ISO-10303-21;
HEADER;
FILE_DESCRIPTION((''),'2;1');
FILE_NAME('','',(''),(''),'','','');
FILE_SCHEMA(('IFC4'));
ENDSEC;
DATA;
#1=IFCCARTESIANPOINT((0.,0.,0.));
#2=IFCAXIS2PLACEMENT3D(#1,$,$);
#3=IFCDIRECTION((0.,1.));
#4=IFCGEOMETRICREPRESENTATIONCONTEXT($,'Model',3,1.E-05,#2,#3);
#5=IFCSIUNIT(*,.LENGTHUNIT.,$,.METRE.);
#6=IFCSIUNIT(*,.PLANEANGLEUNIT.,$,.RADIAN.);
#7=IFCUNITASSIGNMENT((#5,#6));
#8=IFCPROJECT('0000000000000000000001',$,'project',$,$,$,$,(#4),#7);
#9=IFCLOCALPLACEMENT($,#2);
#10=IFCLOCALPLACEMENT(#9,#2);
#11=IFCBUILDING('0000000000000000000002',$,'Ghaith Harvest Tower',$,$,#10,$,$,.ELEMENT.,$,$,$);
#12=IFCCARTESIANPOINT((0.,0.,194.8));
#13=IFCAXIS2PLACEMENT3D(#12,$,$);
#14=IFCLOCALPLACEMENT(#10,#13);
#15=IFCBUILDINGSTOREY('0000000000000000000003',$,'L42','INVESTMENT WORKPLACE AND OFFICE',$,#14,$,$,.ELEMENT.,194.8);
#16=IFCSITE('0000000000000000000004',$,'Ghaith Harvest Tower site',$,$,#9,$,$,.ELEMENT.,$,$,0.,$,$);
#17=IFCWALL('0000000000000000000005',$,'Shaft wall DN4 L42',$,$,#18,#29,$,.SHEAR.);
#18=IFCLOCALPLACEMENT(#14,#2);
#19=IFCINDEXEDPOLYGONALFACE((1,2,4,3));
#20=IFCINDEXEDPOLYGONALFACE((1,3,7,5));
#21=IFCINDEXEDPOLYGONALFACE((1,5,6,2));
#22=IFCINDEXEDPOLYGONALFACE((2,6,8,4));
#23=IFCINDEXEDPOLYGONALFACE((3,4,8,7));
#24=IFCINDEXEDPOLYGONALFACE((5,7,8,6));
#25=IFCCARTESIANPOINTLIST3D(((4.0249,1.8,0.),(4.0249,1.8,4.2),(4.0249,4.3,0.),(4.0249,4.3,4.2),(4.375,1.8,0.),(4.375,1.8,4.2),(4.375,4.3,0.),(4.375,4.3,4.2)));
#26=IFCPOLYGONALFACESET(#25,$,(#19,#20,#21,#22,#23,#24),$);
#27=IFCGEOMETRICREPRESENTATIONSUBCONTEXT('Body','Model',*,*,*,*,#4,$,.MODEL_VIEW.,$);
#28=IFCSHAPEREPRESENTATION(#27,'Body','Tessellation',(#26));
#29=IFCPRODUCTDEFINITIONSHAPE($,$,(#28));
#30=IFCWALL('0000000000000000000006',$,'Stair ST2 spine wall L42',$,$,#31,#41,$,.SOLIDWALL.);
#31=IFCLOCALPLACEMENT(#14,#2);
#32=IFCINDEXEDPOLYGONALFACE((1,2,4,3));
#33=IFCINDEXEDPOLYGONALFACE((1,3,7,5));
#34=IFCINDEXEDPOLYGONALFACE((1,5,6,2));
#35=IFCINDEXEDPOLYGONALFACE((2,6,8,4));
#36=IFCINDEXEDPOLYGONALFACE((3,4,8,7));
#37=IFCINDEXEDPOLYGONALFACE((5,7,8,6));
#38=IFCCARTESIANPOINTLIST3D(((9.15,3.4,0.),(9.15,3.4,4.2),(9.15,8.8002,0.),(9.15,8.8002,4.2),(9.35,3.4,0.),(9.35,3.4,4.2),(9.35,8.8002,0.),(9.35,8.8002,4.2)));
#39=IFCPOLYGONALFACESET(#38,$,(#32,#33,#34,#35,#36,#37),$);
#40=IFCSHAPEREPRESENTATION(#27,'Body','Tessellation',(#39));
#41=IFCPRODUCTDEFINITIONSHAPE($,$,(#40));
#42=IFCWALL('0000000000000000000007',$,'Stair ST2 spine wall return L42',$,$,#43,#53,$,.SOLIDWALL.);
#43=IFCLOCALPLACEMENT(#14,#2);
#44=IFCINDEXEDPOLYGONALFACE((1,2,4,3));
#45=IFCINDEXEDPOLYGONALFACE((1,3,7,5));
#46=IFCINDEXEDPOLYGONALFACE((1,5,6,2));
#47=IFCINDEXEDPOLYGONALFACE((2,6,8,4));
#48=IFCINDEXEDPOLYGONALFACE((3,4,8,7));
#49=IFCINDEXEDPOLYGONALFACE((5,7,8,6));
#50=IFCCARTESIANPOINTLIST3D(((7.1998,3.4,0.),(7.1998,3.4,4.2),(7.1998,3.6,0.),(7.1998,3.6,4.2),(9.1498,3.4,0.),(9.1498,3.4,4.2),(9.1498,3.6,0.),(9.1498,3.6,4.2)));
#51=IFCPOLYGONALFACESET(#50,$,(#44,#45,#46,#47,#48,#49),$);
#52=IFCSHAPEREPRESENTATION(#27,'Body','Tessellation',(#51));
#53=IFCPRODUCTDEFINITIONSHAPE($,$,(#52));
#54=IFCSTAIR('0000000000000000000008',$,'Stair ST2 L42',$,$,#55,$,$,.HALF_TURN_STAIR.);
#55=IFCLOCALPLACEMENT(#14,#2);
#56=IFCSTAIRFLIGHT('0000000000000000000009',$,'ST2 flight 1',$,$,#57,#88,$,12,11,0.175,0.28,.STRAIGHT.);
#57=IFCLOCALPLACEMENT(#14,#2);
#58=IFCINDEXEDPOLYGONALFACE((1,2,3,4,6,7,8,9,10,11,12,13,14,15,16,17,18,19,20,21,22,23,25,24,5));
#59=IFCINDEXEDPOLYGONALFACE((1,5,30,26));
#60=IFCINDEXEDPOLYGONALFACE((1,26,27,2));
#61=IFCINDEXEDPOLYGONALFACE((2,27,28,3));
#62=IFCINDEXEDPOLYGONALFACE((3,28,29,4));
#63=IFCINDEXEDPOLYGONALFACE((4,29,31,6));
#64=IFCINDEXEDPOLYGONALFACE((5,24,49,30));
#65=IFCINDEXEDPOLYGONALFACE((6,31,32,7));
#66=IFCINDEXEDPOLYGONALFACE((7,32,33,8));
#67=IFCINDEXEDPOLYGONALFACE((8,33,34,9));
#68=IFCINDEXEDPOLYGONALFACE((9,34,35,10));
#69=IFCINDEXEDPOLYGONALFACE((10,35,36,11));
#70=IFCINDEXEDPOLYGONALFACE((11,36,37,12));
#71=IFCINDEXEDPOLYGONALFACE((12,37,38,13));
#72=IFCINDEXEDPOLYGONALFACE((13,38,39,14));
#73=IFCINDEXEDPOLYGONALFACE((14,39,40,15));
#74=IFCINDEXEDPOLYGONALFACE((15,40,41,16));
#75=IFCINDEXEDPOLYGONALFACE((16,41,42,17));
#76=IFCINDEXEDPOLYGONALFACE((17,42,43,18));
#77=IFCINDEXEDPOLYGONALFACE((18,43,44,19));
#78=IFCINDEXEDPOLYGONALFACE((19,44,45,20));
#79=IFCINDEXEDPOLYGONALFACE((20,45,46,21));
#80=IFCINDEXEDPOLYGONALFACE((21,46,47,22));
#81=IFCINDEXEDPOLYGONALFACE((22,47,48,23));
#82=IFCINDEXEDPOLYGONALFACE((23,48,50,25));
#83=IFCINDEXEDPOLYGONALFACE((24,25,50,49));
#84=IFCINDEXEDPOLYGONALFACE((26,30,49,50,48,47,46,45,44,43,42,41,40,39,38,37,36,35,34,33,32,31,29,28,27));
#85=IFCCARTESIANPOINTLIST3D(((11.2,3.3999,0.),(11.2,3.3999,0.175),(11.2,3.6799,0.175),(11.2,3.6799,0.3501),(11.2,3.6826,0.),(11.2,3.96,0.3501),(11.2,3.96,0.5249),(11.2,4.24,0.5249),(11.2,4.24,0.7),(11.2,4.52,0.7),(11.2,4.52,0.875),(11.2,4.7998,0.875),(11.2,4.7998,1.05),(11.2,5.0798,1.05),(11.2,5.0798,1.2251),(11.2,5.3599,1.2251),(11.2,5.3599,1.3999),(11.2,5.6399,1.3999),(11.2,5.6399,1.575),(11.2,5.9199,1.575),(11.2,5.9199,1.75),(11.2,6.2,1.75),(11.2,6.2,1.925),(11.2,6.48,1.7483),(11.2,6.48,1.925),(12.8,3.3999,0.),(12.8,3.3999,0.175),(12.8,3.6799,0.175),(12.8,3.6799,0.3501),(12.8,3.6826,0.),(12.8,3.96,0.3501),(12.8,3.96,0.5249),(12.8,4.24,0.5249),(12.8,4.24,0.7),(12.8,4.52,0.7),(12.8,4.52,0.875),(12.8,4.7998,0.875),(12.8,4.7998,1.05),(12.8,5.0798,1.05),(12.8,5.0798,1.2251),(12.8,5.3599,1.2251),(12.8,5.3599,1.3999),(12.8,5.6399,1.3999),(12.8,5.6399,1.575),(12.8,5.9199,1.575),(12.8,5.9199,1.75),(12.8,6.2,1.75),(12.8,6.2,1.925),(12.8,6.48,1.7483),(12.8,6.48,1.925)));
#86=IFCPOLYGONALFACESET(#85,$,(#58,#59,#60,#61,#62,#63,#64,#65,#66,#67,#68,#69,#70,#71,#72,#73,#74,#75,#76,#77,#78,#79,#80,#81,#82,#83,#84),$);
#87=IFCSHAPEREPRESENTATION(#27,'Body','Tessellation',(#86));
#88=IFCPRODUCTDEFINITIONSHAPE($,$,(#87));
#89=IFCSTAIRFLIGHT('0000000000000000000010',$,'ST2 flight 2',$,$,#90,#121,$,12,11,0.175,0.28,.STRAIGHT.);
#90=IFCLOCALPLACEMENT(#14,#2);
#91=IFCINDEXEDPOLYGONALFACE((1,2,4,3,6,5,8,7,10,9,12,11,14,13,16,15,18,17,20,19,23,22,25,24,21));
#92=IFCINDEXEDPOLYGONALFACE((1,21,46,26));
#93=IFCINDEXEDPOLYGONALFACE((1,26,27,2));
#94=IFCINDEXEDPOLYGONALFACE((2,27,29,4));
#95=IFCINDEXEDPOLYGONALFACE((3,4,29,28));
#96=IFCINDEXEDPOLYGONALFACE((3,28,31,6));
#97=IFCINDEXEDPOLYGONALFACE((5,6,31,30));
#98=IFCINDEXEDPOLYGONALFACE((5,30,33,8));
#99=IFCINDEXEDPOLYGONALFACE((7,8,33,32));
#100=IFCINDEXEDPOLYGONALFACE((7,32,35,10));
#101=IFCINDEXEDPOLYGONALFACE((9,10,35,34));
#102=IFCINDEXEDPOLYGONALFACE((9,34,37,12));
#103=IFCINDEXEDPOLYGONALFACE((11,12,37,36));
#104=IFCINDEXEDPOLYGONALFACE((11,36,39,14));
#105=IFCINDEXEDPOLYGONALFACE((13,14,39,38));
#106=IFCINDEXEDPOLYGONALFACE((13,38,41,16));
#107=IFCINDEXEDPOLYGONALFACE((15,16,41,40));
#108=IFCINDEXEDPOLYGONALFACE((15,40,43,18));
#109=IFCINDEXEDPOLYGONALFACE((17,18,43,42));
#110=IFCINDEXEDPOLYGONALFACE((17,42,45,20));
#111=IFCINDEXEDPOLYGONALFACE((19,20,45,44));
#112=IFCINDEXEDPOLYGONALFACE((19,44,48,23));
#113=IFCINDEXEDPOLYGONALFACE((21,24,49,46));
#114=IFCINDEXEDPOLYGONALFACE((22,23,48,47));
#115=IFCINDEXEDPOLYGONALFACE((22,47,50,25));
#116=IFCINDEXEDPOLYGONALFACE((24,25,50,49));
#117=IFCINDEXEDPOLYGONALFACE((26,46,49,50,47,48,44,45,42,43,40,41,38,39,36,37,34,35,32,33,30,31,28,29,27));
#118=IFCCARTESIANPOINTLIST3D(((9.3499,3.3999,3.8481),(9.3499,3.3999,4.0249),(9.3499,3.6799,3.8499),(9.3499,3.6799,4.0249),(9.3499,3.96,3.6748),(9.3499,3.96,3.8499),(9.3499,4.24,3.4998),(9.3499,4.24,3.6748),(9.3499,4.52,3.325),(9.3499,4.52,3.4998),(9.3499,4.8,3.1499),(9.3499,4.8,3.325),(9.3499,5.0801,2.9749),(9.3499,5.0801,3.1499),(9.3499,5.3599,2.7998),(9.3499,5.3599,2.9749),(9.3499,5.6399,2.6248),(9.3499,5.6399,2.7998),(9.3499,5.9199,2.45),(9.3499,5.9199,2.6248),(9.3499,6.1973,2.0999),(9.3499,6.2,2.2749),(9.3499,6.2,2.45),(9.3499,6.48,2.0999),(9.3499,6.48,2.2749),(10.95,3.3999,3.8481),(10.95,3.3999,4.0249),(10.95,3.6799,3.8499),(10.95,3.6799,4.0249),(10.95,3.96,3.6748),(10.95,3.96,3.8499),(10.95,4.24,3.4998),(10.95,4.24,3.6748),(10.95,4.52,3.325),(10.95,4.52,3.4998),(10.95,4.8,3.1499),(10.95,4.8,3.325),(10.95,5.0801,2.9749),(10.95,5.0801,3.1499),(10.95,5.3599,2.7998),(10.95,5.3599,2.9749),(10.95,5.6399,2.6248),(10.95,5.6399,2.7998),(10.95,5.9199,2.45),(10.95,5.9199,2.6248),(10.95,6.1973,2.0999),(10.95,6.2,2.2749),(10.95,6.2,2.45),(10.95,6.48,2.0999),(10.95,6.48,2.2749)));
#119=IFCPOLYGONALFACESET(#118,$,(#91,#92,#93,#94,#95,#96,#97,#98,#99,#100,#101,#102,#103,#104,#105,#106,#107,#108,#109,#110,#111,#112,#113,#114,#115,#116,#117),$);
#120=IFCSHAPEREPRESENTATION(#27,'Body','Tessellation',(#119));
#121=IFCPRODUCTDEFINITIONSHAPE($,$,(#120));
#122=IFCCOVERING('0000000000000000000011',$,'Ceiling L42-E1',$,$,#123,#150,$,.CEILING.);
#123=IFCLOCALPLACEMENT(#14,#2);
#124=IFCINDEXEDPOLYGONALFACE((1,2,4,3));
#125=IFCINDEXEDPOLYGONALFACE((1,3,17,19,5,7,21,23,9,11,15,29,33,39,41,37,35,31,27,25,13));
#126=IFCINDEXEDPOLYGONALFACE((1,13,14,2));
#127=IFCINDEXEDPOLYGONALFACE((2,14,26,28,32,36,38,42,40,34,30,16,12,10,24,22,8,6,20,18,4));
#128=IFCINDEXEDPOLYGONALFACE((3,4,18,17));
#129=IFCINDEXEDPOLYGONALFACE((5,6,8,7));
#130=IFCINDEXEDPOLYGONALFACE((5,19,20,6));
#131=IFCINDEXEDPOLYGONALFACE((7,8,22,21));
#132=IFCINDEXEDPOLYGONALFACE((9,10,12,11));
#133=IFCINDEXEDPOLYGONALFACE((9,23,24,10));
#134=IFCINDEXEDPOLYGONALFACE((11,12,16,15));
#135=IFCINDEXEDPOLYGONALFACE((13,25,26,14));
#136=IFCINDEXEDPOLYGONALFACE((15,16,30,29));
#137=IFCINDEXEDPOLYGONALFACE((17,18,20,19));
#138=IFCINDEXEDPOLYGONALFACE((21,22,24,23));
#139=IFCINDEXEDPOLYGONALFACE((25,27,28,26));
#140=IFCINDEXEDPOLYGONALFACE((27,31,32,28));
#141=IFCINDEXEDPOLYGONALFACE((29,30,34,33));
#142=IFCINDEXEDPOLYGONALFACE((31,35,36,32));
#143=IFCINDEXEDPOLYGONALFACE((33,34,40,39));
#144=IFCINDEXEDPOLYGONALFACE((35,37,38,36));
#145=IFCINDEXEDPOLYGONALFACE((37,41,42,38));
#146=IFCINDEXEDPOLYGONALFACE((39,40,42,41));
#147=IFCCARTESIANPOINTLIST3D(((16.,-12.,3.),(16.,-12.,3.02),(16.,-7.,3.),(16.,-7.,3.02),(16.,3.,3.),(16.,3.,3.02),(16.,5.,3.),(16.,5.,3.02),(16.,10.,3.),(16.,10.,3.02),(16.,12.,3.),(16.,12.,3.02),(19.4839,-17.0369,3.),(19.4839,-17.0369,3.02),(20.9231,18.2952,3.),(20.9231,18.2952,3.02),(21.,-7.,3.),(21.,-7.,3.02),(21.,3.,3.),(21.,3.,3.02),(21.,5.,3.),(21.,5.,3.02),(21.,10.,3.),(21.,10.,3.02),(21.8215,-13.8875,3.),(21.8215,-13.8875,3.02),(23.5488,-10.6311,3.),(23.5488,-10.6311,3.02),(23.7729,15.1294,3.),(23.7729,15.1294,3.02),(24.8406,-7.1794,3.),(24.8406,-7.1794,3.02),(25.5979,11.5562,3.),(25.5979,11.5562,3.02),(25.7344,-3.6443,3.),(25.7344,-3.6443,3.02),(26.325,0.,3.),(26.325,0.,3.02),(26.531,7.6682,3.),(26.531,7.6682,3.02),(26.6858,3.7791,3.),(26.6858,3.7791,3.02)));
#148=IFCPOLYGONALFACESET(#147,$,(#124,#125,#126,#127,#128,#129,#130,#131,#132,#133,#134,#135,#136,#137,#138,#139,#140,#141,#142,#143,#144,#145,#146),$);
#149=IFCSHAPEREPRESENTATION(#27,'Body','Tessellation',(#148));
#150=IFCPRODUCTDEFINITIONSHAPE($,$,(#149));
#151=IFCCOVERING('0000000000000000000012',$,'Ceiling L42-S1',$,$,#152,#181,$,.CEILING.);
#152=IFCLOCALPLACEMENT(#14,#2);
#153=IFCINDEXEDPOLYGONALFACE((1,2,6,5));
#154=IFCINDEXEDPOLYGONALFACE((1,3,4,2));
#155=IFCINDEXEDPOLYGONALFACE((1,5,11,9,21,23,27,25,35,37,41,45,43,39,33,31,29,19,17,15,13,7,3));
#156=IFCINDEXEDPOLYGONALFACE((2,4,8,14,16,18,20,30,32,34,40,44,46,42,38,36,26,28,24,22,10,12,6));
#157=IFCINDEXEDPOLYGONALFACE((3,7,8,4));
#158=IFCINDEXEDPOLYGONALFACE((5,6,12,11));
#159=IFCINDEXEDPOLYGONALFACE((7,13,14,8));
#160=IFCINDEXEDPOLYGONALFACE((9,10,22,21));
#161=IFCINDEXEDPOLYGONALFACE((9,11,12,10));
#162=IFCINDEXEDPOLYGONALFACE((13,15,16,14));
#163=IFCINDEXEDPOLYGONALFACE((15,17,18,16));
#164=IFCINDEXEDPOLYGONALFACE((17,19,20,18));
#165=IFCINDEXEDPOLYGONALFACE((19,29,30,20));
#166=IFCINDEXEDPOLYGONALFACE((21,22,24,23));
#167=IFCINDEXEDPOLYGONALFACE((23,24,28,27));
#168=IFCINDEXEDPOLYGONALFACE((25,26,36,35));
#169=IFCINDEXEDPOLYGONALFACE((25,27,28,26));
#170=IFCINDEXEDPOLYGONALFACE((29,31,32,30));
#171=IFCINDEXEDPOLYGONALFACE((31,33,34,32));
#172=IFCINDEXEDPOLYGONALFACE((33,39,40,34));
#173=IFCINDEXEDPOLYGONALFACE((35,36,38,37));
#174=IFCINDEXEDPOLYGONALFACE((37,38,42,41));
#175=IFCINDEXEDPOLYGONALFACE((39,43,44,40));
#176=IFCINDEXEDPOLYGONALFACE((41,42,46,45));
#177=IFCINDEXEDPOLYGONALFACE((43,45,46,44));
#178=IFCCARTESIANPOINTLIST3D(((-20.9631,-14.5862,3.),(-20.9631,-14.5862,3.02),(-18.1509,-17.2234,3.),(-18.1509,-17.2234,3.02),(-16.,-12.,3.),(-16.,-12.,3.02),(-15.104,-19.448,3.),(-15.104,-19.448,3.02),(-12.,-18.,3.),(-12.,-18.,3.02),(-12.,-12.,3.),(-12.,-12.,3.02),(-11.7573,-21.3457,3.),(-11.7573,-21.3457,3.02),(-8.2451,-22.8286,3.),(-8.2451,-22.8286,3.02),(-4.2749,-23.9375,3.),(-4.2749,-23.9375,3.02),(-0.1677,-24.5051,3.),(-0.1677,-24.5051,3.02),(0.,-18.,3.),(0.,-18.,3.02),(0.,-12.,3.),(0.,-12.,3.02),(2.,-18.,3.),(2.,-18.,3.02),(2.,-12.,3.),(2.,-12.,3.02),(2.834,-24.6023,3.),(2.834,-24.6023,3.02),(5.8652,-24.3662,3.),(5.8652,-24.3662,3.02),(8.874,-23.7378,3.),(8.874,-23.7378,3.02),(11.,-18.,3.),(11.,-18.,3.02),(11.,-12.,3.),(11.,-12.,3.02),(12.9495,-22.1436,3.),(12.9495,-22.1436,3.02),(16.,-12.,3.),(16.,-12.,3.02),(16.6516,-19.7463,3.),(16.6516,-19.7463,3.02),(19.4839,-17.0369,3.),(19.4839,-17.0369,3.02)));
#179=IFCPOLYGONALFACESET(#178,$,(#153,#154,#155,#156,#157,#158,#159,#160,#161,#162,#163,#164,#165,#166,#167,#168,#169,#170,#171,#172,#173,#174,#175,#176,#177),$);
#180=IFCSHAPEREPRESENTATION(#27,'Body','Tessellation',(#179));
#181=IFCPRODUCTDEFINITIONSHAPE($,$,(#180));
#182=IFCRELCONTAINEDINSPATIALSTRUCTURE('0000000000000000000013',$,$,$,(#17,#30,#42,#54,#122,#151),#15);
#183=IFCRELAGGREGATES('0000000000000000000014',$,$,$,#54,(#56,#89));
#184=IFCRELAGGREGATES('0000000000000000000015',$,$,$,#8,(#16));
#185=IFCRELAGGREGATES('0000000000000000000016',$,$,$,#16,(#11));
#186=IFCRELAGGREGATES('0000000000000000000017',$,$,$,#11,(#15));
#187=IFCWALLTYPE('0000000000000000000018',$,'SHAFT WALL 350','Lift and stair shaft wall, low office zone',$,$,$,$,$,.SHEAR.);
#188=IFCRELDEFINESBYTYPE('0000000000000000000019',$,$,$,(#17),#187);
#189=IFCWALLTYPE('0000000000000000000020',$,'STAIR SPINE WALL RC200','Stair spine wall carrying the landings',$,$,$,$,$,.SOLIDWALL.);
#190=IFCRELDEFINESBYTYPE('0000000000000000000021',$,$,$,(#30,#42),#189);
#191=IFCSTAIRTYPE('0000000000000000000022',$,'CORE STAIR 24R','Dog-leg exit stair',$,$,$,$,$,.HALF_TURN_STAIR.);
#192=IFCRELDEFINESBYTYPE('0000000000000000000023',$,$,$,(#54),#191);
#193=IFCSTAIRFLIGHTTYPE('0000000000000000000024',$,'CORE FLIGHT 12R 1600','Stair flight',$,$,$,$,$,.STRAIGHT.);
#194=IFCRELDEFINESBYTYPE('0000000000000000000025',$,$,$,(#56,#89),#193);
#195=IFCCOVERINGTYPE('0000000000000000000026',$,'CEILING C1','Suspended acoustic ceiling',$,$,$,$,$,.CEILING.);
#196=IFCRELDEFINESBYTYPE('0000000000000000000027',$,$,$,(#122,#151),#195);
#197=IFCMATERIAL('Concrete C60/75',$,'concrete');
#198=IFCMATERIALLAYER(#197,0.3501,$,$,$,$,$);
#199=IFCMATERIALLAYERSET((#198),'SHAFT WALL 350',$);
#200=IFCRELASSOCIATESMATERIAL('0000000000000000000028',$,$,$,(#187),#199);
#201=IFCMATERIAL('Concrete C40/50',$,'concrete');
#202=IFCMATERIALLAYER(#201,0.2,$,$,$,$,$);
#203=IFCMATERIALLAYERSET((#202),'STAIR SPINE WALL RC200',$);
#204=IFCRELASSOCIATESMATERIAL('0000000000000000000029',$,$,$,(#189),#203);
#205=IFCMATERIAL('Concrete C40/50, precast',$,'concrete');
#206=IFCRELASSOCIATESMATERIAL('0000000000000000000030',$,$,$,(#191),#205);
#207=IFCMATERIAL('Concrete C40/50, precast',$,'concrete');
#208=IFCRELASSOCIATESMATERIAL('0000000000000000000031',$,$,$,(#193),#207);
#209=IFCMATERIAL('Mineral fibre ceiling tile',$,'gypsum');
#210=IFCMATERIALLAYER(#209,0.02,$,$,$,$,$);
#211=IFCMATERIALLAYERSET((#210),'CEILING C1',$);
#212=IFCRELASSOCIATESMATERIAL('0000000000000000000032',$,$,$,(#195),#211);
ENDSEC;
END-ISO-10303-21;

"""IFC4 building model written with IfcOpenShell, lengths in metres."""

from ifc_helpers import new_model, si_unit, direction, frame, frame_2d, origin, place, context, subcontext, project, spatial, polyline, rectangle, outline, extrude, material, layer, layer_set, type_object, element, aggregate, save


model = new_model("IFC4")

# Units and contexts
model_context = context("Model", 3, precision=1e-05, world=origin(), true_north=direction((0.0, 1.0)))
body_context = subcontext(model_context, "Body", "Model", "MODEL_VIEW")
ifc_project = project(units=[si_unit("LENGTHUNIT", "METRE"), si_unit("PLANEANGLEUNIT", "RADIAN")], contexts=[model_context])

# Site, building, storey
site_placement = place(None, origin())
site = spatial("IfcSite", under=ifc_project, at=site_placement, Name="Ghaith Harvest Tower site", CompositionType="ELEMENT", RefElevation=0.0)
building_placement = place(site_placement, origin())
building = spatial("IfcBuilding", under=site, at=building_placement, Name="Ghaith Harvest Tower", CompositionType="ELEMENT")
storey_placement = place(building_placement, frame((0.0, 0.0, 194.8)))
storey = spatial("IfcBuildingStorey", under=building, at=storey_placement, Name="L42", Description="INVESTMENT WORKPLACE AND OFFICE", CompositionType="ELEMENT", Elevation=194.8)

# Shared definitions
ifc_material_1 = material(Name="Concrete C60/75", Category="concrete")
ifc_layer_1 = layer(ifc_material_1, 0.3501)
ifc_layer_set_1 = layer_set([ifc_layer_1], Name="SHAFT WALL 350")
wall_type_1 = type_object("IfcWallType", Name="SHAFT WALL 350", Description="Lift and stair shaft wall, low office zone", PredefinedType="SHEAR", material=ifc_layer_set_1)

# Walls
wall_1_placement = place(storey_placement, frame((4.2, 1.8, 0.0), z_axis=(0.0, 0.0, 1.0), x_axis=(0.0, 1.0, 0.0)))
element("IfcWall", 1, at=wall_1_placement, inside=storey, type_object=wall_type_1, Name="Shaft wall DN4 L42", PredefinedType="SHEAR", context=body_context, shape_type="SweptSolid", body=[
    extrude(rectangle(XDim=2.5, YDim=0.3501, at=frame_2d((1.25, 0.0))), origin(), (0.0, 0.0, 1.0), 4.2),
])
ifc_material_2 = material(Name="Concrete C40/50", Category="concrete")
ifc_layer_2 = layer(ifc_material_2, 0.2)
ifc_layer_set_2 = layer_set([ifc_layer_2], Name="STAIR SPINE WALL RC200")
wall_type_2 = type_object("IfcWallType", Name="STAIR SPINE WALL RC200", Description="Stair spine wall carrying the landings", PredefinedType="SOLIDWALL", material=ifc_layer_set_2)
wall_2_placement = place(storey_placement, frame((9.25, 3.3999, 0.0), z_axis=(0.0, 0.0, 1.0), x_axis=(0.0, 1.0, 0.0)))
element("IfcWall", 2, at=wall_2_placement, inside=storey, type_object=wall_type_2, Name="Stair ST2 spine wall L42", PredefinedType="SOLIDWALL", context=body_context, shape_type="SweptSolid", body=[
    extrude(rectangle(XDim=5.4001, YDim=0.2, at=frame_2d((2.7002, 0.0))), origin(), (0.0, 0.0, 1.0), 4.2),
])
wall_3_placement = place(storey_placement, frame((9.1499, 3.5, 0.0), z_axis=(0.0, 0.0, 1.0), x_axis=(-1.0, 0.0, 0.0)))
element("IfcWall", 3, at=wall_3_placement, inside=storey, type_object=wall_type_2, Name="Stair ST2 spine wall return L42", PredefinedType="SOLIDWALL", context=body_context, shape_type="SweptSolid", body=[
    extrude(rectangle(XDim=1.95, YDim=0.2, at=frame_2d((0.9751, 0.0))), origin(), (0.0, 0.0, 1.0), 4.2),
])

# Stair, stair flights
ifc_material_3 = material(Name="Concrete C40/50, precast", Category="concrete")
stair_type = type_object("IfcStairType", Name="CORE STAIR 24R", Description="Dog-leg exit stair", PredefinedType="HALF_TURN_STAIR", material=ifc_material_3)
stair_placement = place(storey_placement, origin())
stair = element("IfcStair", 4, at=stair_placement, inside=storey, type_object=stair_type, Name="Stair ST2 L42", PredefinedType="HALF_TURN_STAIR")
ifc_material_4 = material(Name="Concrete C40/50, precast", Category="concrete")
stair_flight_type = type_object("IfcStairFlightType", Name="CORE FLIGHT 12R 1600", Description="Stair flight", PredefinedType="STRAIGHT", material=ifc_material_4)
stair_flight_1_placement = place(storey_placement, frame((12.0, 3.3999, 0.0), z_axis=(0.0, 0.0, 1.0), x_axis=(0.0, 1.0, 0.0)))
stair_flight_1 = element("IfcStairFlight", 5, at=stair_flight_1_placement, type_object=stair_flight_type, Name="ST2 flight 1", NumberOfRisers=12, NumberOfTreads=11, PredefinedType="STRAIGHT", RiserHeight=0.175, TreadLength=0.28, context=body_context, shape_type="SweptSolid", body=[
    extrude(outline(polyline([(0.0, 0.0), (0.0, 0.175), (0.28, 0.175), (0.28, 0.3501), (0.5601, 0.3501), (0.5601, 0.5249), (0.8401, 0.5249), (0.8401, 0.7), (1.1201, 0.7), (1.1201, 0.875), (1.3999, 0.875), (1.3999, 1.05), (1.6799, 1.05), (1.6799, 1.2251), (1.96, 1.2251), (1.96, 1.3999), (2.24, 1.3999), (2.24, 1.575), (2.52, 1.575), (2.52, 1.75), (2.8, 1.75), (2.8, 1.925), (3.0801, 1.925), (3.0801, 2.1001), (3.0801, 1.7483), (0.2827, 0.0), (0.0, 0.0)])), frame((0.0, 0.8, 0.0), z_axis=(0.0, -1.0, 0.0), x_axis=(1.0, 0.0, 0.0)), (0.0, 0.0, 1.0), 1.6001),
])
stair_flight_2_placement = place(storey_placement, frame((10.1499, 6.48, 2.0999), z_axis=(0.0, 0.0, 1.0), x_axis=(0.0, -1.0, 0.0)))
stair_flight_2 = element("IfcStairFlight", 6, at=stair_flight_2_placement, type_object=stair_flight_type, Name="ST2 flight 2", NumberOfRisers=12, NumberOfTreads=11, PredefinedType="STRAIGHT", RiserHeight=0.175, TreadLength=0.28, context=body_context, shape_type="SweptSolid", body=[
    extrude(outline(polyline([(0.0, 0.0), (0.0, 0.175), (0.28, 0.175), (0.28, 0.3501), (0.5601, 0.3501), (0.5601, 0.5249), (0.8401, 0.5249), (0.8401, 0.7), (1.1201, 0.7), (1.1201, 0.875), (1.3999, 0.875), (1.3999, 1.05), (1.6799, 1.05), (1.6799, 1.2251), (1.96, 1.2251), (1.96, 1.3999), (2.24, 1.3999), (2.24, 1.575), (2.52, 1.575), (2.52, 1.75), (2.8, 1.75), (2.8, 1.925), (3.0801, 1.925), (3.0801, 2.1001), (3.0801, 1.7483), (0.2827, 0.0), (0.0, 0.0)])), frame((0.0, 0.8, 0.0), z_axis=(0.0, -1.0, 0.0), x_axis=(1.0, 0.0, 0.0)), (0.0, 0.0, 1.0), 1.6001),
])
aggregate(stair, [stair_flight_1, stair_flight_2])

# Coverings
ifc_material_5 = material(Name="Mineral fibre ceiling tile", Category="gypsum")
ifc_layer_3 = layer(ifc_material_5, 0.02)
ifc_layer_set_3 = layer_set([ifc_layer_3], Name="CEILING C1")
covering_type = type_object("IfcCoveringType", Name="CEILING C1", Description="Suspended acoustic ceiling", PredefinedType="CEILING", material=ifc_layer_set_3)
covering_1_placement = place(storey_placement, frame((0.0, 0.0, 3.0)))
element("IfcCovering", 7, at=covering_1_placement, inside=storey, type_object=covering_type, Name="Ceiling L42-E1", PredefinedType="CEILING", context=body_context, shape_type="SweptSolid", body=[
    extrude(outline(polyline([(23.7729, 15.1294), (25.5979, 11.5562), (26.531, 7.6682), (26.6858, 3.7791), (26.325, 0.0), (25.7344, -3.6443), (24.8406, -7.1794), (23.5488, -10.6311), (21.8215, -13.8875), (19.4839, -17.0369), (16.0, -12.0), (16.0, -7.0), (21.0, -7.0), (21.0, 3.0), (16.0, 3.0), (16.0, 5.0), (21.0, 5.0), (21.0, 10.0), (16.0, 10.0), (16.0, 12.0), (20.9231, 18.2952), (23.7729, 15.1294)])), origin(), (0.0, 0.0, 1.0), 0.02),
])
covering_2_placement = place(storey_placement, frame((0.0, 0.0, 3.0)))
element("IfcCovering", 8, at=covering_2_placement, inside=storey, type_object=covering_type, Name="Ceiling L42-S1", PredefinedType="CEILING", context=body_context, shape_type="SweptSolid", body=[
    extrude(outline(polyline([(16.6516, -19.7463), (12.9495, -22.1436), (8.874, -23.7378), (5.8652, -24.3662), (2.834, -24.6023), (-0.1677, -24.5051), (-4.2749, -23.9375), (-8.2451, -22.8286), (-11.7573, -21.3457), (-15.104, -19.448), (-18.1509, -17.2234), (-20.9631, -14.5862), (-16.0, -12.0), (-12.0, -12.0), (-12.0, -18.0), (0.0, -18.0), (0.0, -12.0), (2.0, -12.0), (2.0, -18.0), (11.0, -18.0), (11.0, -12.0), (16.0, -12.0), (19.4839, -17.0369), (16.6516, -19.7463)])), origin(), (0.0, 0.0, 1.0), 0.02),
])

save(model, "model.ifc")
